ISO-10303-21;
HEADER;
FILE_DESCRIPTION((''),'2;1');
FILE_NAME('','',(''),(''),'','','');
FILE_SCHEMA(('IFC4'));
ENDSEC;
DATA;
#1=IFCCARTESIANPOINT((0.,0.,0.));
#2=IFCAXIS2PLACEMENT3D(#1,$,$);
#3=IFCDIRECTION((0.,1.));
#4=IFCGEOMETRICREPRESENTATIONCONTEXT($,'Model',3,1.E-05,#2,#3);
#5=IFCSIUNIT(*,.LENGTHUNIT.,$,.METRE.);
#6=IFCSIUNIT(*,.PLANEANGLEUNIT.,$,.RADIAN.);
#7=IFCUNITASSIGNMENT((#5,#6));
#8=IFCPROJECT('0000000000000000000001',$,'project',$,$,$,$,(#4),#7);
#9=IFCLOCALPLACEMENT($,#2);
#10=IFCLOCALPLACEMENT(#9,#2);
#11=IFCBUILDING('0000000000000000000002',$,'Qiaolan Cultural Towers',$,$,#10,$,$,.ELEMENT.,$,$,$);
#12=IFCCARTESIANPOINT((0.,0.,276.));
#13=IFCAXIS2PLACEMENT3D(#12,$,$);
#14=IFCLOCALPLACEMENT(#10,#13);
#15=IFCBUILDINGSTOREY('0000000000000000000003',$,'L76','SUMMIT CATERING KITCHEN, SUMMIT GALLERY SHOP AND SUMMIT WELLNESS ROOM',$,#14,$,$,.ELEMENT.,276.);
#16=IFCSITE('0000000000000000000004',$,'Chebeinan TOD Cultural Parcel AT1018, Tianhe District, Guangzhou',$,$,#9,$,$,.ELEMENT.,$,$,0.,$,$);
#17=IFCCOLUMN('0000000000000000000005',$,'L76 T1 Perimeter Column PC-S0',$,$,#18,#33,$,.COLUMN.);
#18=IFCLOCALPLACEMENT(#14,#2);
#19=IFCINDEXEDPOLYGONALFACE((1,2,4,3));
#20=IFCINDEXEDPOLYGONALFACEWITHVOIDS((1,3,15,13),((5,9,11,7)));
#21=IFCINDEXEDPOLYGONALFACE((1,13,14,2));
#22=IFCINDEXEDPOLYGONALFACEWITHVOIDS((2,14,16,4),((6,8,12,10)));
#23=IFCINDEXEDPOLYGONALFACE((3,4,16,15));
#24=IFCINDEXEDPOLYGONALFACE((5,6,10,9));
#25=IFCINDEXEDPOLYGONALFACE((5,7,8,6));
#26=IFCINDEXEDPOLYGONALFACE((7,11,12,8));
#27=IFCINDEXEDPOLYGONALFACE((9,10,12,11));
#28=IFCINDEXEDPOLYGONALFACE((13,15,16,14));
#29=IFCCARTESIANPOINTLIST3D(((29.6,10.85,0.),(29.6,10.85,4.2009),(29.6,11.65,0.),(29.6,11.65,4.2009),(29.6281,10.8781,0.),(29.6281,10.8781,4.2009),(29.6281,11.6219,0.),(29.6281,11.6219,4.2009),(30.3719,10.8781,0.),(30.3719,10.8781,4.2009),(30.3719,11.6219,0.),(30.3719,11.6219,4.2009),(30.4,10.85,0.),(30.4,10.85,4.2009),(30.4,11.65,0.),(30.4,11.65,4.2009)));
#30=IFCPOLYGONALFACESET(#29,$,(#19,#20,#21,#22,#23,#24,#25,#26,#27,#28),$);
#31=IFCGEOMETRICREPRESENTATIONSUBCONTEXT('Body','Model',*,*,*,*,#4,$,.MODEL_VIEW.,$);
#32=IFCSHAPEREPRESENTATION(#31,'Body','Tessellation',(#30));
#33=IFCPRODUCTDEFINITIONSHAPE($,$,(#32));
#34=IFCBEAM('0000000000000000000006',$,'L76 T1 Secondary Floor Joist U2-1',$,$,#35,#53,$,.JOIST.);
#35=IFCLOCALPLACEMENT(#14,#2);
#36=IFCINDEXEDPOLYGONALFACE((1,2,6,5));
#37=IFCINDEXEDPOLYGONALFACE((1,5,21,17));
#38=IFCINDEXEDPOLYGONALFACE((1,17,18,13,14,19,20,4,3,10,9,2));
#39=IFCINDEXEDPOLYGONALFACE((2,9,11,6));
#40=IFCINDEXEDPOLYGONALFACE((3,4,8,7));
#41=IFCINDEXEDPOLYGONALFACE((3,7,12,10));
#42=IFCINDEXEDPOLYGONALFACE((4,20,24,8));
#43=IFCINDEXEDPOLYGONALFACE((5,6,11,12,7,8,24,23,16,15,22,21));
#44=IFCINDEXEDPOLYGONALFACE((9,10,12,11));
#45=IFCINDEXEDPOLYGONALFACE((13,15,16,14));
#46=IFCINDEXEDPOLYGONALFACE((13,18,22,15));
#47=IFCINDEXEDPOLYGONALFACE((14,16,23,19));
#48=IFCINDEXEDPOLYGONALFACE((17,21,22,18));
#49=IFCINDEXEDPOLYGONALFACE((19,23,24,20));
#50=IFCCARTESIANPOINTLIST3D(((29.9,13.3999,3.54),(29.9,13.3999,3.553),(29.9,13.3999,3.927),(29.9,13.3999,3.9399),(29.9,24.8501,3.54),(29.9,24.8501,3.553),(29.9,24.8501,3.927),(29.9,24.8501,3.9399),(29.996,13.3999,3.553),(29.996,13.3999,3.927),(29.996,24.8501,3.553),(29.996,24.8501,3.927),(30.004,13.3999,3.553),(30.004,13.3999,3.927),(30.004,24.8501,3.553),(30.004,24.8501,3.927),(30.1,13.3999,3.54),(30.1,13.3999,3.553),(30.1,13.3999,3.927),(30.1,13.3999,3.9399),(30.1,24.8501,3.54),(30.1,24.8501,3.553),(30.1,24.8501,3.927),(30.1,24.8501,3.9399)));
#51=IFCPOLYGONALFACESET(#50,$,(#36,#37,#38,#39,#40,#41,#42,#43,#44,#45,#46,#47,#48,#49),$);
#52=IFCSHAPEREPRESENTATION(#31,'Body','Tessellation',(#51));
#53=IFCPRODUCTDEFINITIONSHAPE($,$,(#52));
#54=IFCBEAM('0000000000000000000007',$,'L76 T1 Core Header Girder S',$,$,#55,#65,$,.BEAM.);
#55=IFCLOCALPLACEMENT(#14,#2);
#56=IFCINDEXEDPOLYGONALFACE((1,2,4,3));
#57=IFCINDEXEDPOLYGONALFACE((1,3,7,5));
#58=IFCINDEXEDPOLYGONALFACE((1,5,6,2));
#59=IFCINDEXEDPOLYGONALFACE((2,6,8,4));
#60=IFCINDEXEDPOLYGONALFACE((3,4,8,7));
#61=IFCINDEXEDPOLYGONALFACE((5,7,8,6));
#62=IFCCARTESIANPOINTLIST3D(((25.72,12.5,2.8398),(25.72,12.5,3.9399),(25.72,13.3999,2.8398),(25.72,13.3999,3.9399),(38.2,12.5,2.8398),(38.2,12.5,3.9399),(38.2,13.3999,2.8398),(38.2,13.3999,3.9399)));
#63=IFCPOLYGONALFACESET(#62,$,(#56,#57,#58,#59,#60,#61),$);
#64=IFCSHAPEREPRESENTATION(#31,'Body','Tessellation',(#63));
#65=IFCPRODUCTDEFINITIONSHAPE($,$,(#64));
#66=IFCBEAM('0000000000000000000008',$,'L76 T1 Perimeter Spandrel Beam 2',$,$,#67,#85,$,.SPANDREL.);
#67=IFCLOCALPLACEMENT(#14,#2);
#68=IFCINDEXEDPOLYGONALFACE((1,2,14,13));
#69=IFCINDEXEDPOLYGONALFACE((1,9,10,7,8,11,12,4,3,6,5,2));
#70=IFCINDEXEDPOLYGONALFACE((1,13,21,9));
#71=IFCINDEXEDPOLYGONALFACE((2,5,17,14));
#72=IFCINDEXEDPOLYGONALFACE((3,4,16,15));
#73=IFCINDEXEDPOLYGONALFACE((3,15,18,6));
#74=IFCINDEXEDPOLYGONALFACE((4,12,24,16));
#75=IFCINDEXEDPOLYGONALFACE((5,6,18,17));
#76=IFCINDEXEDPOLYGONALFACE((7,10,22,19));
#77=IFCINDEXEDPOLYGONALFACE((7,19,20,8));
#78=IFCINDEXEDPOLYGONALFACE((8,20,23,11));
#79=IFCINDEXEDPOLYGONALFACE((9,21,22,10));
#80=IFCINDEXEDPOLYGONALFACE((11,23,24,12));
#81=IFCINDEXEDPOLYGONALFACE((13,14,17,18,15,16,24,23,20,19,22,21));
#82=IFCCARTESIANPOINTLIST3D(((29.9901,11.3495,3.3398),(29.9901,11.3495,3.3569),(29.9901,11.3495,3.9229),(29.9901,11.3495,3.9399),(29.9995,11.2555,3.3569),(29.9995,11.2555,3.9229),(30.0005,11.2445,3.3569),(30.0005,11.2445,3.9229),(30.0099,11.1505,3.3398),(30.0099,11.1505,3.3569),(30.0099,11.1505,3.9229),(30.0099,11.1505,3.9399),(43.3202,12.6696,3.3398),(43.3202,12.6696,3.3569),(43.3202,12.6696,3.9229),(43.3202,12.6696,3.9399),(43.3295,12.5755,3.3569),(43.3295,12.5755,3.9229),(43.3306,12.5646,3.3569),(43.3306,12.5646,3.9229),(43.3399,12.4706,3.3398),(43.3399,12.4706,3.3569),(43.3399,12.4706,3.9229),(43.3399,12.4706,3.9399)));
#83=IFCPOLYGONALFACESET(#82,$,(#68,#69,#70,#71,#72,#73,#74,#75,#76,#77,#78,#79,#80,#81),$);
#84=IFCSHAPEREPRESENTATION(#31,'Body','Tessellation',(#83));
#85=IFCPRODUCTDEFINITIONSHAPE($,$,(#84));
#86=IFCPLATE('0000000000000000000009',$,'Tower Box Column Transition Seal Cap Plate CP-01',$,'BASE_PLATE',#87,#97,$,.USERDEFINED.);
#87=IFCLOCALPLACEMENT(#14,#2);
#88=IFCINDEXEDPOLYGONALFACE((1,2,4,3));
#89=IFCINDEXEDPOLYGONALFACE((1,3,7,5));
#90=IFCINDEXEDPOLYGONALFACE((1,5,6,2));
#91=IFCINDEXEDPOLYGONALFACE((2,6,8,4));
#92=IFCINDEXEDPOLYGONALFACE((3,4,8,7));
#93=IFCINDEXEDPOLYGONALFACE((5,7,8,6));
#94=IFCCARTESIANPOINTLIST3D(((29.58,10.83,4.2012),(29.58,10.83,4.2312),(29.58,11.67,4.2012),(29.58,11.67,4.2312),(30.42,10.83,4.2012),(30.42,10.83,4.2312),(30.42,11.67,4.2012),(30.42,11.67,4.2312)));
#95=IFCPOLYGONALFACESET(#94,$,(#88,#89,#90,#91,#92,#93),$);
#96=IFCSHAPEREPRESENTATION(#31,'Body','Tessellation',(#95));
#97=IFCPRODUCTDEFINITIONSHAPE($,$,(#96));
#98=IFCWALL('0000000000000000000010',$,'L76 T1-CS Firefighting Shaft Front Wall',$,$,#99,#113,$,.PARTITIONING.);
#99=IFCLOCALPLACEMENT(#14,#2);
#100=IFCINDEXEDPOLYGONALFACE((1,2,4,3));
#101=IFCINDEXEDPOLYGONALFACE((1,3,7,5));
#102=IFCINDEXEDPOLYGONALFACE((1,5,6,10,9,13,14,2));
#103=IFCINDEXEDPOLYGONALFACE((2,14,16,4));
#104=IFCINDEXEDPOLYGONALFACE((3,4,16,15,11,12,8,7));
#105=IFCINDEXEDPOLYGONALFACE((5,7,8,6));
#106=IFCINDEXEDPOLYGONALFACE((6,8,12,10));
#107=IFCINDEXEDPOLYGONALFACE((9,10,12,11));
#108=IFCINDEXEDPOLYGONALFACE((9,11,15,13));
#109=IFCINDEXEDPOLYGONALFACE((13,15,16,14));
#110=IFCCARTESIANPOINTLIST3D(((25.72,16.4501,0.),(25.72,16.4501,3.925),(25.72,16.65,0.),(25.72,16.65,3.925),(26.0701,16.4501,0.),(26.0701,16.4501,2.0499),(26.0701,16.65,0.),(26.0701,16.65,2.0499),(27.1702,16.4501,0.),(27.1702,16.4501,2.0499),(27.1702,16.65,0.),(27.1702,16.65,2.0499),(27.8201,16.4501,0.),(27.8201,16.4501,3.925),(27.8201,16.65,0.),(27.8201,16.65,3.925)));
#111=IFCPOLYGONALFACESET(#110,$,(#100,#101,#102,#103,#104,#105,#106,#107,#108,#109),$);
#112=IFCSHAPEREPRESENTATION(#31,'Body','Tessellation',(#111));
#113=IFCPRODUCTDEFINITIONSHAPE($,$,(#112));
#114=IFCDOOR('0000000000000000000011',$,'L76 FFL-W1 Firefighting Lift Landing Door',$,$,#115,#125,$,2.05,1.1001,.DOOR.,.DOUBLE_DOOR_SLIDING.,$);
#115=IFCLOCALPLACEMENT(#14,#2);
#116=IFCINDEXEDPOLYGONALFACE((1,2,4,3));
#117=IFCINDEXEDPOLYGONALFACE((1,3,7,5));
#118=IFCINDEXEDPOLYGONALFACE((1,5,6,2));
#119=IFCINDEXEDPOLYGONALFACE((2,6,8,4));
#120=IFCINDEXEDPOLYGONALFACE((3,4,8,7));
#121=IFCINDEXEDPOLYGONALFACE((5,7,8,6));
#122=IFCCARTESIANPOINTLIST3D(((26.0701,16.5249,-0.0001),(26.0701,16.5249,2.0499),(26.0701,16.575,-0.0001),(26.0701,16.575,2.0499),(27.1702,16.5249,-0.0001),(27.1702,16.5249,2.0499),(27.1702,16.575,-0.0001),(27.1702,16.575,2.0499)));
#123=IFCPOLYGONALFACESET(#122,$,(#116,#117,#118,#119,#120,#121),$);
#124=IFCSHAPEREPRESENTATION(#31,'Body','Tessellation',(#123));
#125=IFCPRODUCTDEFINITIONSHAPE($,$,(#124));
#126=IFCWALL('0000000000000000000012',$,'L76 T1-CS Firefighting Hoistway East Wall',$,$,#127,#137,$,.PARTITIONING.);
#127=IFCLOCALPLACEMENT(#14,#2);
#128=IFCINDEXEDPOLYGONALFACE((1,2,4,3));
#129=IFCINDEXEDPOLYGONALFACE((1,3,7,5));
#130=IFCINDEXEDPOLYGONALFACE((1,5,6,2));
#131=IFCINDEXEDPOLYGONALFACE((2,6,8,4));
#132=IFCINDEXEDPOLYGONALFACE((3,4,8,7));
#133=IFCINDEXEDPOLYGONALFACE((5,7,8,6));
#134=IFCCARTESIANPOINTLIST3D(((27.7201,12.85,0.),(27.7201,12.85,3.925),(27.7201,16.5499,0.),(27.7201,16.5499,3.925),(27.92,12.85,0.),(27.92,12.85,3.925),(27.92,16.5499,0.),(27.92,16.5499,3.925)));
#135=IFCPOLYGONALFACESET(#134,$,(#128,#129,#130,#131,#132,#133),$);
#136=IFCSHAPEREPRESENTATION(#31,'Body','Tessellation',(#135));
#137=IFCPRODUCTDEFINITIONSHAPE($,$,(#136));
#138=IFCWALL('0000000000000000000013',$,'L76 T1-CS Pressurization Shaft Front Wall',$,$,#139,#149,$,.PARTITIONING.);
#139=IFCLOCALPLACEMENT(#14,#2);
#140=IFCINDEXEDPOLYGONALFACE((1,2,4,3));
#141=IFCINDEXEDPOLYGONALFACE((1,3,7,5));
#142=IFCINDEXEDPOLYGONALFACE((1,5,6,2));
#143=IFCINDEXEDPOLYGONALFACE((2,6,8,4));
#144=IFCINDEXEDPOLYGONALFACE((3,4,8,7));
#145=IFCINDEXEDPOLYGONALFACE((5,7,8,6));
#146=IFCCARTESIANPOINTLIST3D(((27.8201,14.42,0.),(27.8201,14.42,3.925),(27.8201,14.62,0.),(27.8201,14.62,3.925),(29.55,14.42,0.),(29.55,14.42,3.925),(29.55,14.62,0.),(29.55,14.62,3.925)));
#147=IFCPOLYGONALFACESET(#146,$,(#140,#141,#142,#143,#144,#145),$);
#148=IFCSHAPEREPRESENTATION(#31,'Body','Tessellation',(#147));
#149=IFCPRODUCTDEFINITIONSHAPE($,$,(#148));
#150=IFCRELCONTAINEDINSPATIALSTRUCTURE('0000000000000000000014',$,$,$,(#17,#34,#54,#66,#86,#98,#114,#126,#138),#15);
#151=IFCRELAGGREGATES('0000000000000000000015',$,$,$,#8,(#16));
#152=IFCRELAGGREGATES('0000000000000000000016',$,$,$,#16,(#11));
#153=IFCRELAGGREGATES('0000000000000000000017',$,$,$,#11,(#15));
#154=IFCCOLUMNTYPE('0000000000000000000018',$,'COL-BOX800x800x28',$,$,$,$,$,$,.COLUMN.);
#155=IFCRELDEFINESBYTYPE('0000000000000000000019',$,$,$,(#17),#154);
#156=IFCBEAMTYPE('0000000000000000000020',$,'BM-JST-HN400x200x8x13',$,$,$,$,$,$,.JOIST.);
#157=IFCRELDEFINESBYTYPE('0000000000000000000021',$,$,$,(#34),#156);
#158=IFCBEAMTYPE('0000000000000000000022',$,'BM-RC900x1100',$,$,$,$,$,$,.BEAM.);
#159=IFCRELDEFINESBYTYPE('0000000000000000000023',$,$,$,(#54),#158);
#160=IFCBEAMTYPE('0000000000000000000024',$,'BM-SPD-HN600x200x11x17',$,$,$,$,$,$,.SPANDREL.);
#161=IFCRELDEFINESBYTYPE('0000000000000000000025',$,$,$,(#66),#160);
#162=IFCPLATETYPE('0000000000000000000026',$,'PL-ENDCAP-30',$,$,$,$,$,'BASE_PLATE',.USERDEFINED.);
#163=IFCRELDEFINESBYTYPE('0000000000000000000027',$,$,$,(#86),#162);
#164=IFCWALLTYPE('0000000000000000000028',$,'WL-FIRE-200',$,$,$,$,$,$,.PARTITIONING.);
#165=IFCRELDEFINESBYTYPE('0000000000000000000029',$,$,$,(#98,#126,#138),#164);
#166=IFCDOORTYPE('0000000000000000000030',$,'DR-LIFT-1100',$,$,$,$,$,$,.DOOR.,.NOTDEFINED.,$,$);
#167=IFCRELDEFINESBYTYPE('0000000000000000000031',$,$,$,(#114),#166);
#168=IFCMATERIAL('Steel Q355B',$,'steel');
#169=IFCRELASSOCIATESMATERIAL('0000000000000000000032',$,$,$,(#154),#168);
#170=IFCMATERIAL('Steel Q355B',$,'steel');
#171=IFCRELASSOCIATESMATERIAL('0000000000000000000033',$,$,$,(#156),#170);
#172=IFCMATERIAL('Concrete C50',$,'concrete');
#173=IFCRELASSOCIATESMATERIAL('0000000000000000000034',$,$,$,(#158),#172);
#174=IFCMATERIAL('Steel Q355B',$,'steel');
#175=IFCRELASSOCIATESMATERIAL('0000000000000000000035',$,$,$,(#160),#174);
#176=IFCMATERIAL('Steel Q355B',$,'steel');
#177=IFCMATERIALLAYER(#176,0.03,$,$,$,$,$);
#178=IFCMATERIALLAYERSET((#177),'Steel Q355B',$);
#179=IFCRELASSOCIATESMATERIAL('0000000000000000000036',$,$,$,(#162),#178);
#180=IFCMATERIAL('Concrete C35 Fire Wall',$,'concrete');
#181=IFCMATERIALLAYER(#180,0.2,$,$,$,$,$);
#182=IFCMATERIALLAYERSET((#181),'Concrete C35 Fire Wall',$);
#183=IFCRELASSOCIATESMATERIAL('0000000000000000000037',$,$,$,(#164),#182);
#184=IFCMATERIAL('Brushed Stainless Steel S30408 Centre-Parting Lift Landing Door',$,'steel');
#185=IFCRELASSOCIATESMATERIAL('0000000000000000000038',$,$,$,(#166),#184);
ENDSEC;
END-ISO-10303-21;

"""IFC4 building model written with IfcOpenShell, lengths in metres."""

from ifc_helpers import new_model, si_unit, direction, frame, frame_2d, origin, origin_2d, place, context, subcontext, project, spatial, rectangle, hollow_rectangle, i_section, extrude, material, layer, layer_set, material_profile, profile_set, type_object, element, fill, save


model = new_model("IFC4")

# Units and contexts
model_context = context("Model", 3, precision=1e-05, world=origin(), true_north=direction((0.0, 1.0)))
body_context = subcontext(model_context, "Body", "Model", "MODEL_VIEW")
ifc_project = project(units=[si_unit("LENGTHUNIT", "METRE"), si_unit("PLANEANGLEUNIT", "RADIAN")], contexts=[model_context])

# Site, building, storey
site_placement = place(None, origin())
site = spatial("IfcSite", under=ifc_project, at=site_placement, Name="Chebeinan TOD Cultural Parcel AT1018, Tianhe District, Guangzhou", CompositionType="ELEMENT", RefElevation=0.0)
building_placement = place(site_placement, origin())
building = spatial("IfcBuilding", under=site, at=building_placement, Name="Qiaolan Cultural Towers", CompositionType="ELEMENT")
storey_placement = place(building_placement, frame((0.0, 0.0, 276.0)))
storey = spatial("IfcBuildingStorey", under=building, at=storey_placement, Name="L76", Description="SUMMIT CATERING KITCHEN, SUMMIT GALLERY SHOP AND SUMMIT WELLNESS ROOM", CompositionType="ELEMENT", Elevation=276.0)

# Column
ifc_material_1 = material(Name="Steel Q355B", Category="steel")
ifc_material_profile_1 = material_profile(ifc_material_1, hollow_rectangle(XDim=0.8, YDim=0.8, WallThickness=0.0281, at=origin_2d()), Name="BOX800x800x28")
ifc_profile_set_1 = profile_set([ifc_material_profile_1], Name="Steel Q355B")
column_type = type_object("IfcColumnType", Name="COL-BOX800x800x28", PredefinedType="COLUMN", material=ifc_profile_set_1)
column_placement = place(storey_placement, frame((30.0, 11.25, 0.0), z_axis=(0.0, 0.0, 1.0), x_axis=(1.0, 0.0, 0.0)))
element("IfcColumn", 1, at=column_placement, inside=storey, type_object=column_type, Name="L76 T1 Perimeter Column PC-S0", PredefinedType="COLUMN", context=body_context, shape_type="SweptSolid", body=[
    extrude(hollow_rectangle(XDim=0.8, YDim=0.8, WallThickness=0.0281, at=origin_2d()), origin(), (0.0, 0.0, 1.0), 4.2009),
])

# Beams
ifc_material_2 = material(Name="Steel Q355B", Category="steel")
ifc_material_profile_2 = material_profile(ifc_material_2, i_section(OverallWidth=0.2, OverallDepth=0.3999, WebThickness=0.0081, FlangeThickness=0.0129, at=origin_2d()), Name="HN400x200x8x13")
ifc_profile_set_2 = profile_set([ifc_material_profile_2], Name="Steel Q355B")
beam_type_1 = type_object("IfcBeamType", Name="BM-JST-HN400x200x8x13", PredefinedType="JOIST", material=ifc_profile_set_2)
beam_1_placement = place(storey_placement, frame((30.0, 13.3999, 3.74), z_axis=(0.0, 1.0, 0.0), x_axis=(-1.0, 0.0, 0.0)))
element("IfcBeam", 2, at=beam_1_placement, inside=storey, type_object=beam_type_1, Name="L76 T1 Secondary Floor Joist U2-1", PredefinedType="JOIST", context=body_context, shape_type="SweptSolid", body=[
    extrude(i_section(OverallWidth=0.2, OverallDepth=0.3999, WebThickness=0.0081, FlangeThickness=0.0129, at=origin_2d()), origin(), (0.0, 0.0, 1.0), 11.4502),
])
ifc_material_3 = material(Name="Concrete C50", Category="concrete")
ifc_material_profile_3 = material_profile(ifc_material_3, rectangle(XDim=0.8999, YDim=1.1001, at=origin_2d()), Name="RC900x1100")
ifc_profile_set_3 = profile_set([ifc_material_profile_3], Name="Concrete C50")
beam_type_2 = type_object("IfcBeamType", Name="BM-RC900x1100", PredefinedType="BEAM", material=ifc_profile_set_3)
beam_2_placement = place(storey_placement, frame((25.72, 12.95, 3.3899), z_axis=(1.0, 0.0, 0.0), x_axis=(0.0, 1.0, 0.0)))
element("IfcBeam", 3, at=beam_2_placement, inside=storey, type_object=beam_type_2, Name="L76 T1 Core Header Girder S", PredefinedType="BEAM", context=body_context, shape_type="SweptSolid", body=[
    extrude(rectangle(XDim=0.8999, YDim=1.1001, at=origin_2d()), origin(), (0.0, 0.0, 1.0), 12.48),
])
ifc_material_4 = material(Name="Steel Q355B", Category="steel")
ifc_material_profile_4 = material_profile(ifc_material_4, i_section(OverallWidth=0.2, OverallDepth=0.6001, WebThickness=0.011, FlangeThickness=0.0171, at=origin_2d()), Name="HN600x200x11x17")
ifc_profile_set_4 = profile_set([ifc_material_profile_4], Name="Steel Q355B")
beam_type_3 = type_object("IfcBeamType", Name="BM-SPD-HN600x200x11x17", PredefinedType="SPANDREL", material=ifc_profile_set_4)
beam_3_placement = place(storey_placement, frame((30.0, 11.25, 3.6399), z_axis=(0.995132, 0.098547, 0.0), x_axis=(-0.098547, 0.995132, 0.0)))
element("IfcBeam", 4, at=beam_3_placement, inside=storey, type_object=beam_type_3, Name="L76 T1 Perimeter Spandrel Beam 2", PredefinedType="SPANDREL", context=body_context, shape_type="SweptSolid", body=[
    extrude(i_section(OverallWidth=0.2, OverallDepth=0.6001, WebThickness=0.011, FlangeThickness=0.0171, at=origin_2d()), origin(), (0.0, 0.0, 1.0), 13.3953),
])

# Plate
ifc_material_5 = material(Name="Steel Q355B", Category="steel")
ifc_layer_1 = layer(ifc_material_5, 0.03)
ifc_layer_set_1 = layer_set([ifc_layer_1], Name="Steel Q355B")
plate_type = type_object("IfcPlateType", Name="PL-ENDCAP-30", ElementType="BASE_PLATE", PredefinedType="USERDEFINED", material=ifc_layer_set_1)
plate_placement = place(storey_placement, frame((30.0, 11.25, 4.2012), z_axis=(0.0, 0.0, 1.0), x_axis=(1.0, 0.0, 0.0)))
element("IfcPlate", 5, at=plate_placement, inside=storey, type_object=plate_type, Name="Tower Box Column Transition Seal Cap Plate CP-01", ObjectType="BASE_PLATE", PredefinedType="USERDEFINED", context=body_context, shape_type="SweptSolid", body=[
    extrude(rectangle(XDim=0.8401, YDim=0.8401, at=origin_2d()), origin(), (0.0, 0.0, 1.0), 0.03),
])

# Wall, opening, door
ifc_material_6 = material(Name="Concrete C35 Fire Wall", Category="concrete")
ifc_layer_2 = layer(ifc_material_6, 0.2)
ifc_layer_set_2 = layer_set([ifc_layer_2], Name="Concrete C35 Fire Wall")
wall_type_1 = type_object("IfcWallType", Name="WL-FIRE-200", PredefinedType="PARTITIONING", material=ifc_layer_set_2)
wall_1_placement = place(storey_placement, frame((25.72, 16.55, 0.0), z_axis=(0.0, 0.0, 1.0), x_axis=(1.0, 0.0, 0.0)))
wall_1 = element("IfcWall", 6, at=wall_1_placement, inside=storey, type_object=wall_type_1, Name="L76 T1-CS Firefighting Shaft Front Wall", PredefinedType="PARTITIONING", context=body_context, shape_type="SweptSolid", body=[
    extrude(rectangle(XDim=2.1001, YDim=0.2, at=frame_2d((1.05, 0.0))), origin(), (0.0, 0.0, 1.0), 3.925),
])
opening_1_placement = place(wall_1_placement, frame((0.3501, 0.0, 0.0)))
opening_1 = element("IfcOpeningElement", 7, at=opening_1_placement, cuts=wall_1, PredefinedType="OPENING", context=body_context, shape_type="SweptSolid", body=[
    extrude(rectangle(XDim=1.1001, YDim=2.05, at=frame_2d((0.55, 1.0249))), frame((0.0, 0.1099, 0.0), z_axis=(0.0, -1.0, 0.0), x_axis=(1.0, 0.0, 0.0)), (0.0, 0.0, 1.0), 0.22),
])
ifc_material_7 = material(Name="Brushed Stainless Steel S30408 Centre-Parting Lift Landing Door", Category="steel")
door_type_1 = type_object("IfcDoorType", Name="DR-LIFT-1100", OperationType="NOTDEFINED", PredefinedType="DOOR", material=ifc_material_7)
door_1_placement = place(opening_1_placement, origin())
door_1 = element("IfcDoor", 8, at=door_1_placement, inside=storey, type_object=door_type_1, Name="L76 FFL-W1 Firefighting Lift Landing Door", OperationType="DOUBLE_DOOR_SLIDING", OverallHeight=2.05, OverallWidth=1.1001, PredefinedType="DOOR", context=body_context, shape_type="SweptSolid", body=[
    extrude(rectangle(XDim=1.1001, YDim=2.05, at=frame_2d((0.55, 1.0249))), frame((0.0, 0.0249, 0.0), z_axis=(0.0, -1.0, 0.0), x_axis=(1.0, 0.0, 0.0)), (0.0, 0.0, 1.0), 0.05),
])
fill(opening_1, door_1)

# Walls
wall_2_placement = place(storey_placement, frame((27.8201, 16.55, 0.0), z_axis=(0.0, 0.0, 1.0), x_axis=(0.0, -1.0, 0.0)))
element("IfcWall", 9, at=wall_2_placement, inside=storey, type_object=wall_type_1, Name="L76 T1-CS Firefighting Hoistway East Wall", PredefinedType="PARTITIONING", context=body_context, shape_type="SweptSolid", body=[
    extrude(rectangle(XDim=3.7, YDim=0.2, at=frame_2d((1.8501, 0.0))), origin(), (0.0, 0.0, 1.0), 3.925),
])
wall_3_placement = place(storey_placement, frame((27.8201, 14.52, 0.0), z_axis=(0.0, 0.0, 1.0), x_axis=(1.0, 0.0, 0.0)))
element("IfcWall", 10, at=wall_3_placement, inside=storey, type_object=wall_type_1, Name="L76 T1-CS Pressurization Shaft Front Wall", PredefinedType="PARTITIONING", context=body_context, shape_type="SweptSolid", body=[
    extrude(rectangle(XDim=1.73, YDim=0.2, at=frame_2d((0.865, 0.0))), origin(), (0.0, 0.0, 1.0), 3.925),
])

save(model, "model.ifc")
